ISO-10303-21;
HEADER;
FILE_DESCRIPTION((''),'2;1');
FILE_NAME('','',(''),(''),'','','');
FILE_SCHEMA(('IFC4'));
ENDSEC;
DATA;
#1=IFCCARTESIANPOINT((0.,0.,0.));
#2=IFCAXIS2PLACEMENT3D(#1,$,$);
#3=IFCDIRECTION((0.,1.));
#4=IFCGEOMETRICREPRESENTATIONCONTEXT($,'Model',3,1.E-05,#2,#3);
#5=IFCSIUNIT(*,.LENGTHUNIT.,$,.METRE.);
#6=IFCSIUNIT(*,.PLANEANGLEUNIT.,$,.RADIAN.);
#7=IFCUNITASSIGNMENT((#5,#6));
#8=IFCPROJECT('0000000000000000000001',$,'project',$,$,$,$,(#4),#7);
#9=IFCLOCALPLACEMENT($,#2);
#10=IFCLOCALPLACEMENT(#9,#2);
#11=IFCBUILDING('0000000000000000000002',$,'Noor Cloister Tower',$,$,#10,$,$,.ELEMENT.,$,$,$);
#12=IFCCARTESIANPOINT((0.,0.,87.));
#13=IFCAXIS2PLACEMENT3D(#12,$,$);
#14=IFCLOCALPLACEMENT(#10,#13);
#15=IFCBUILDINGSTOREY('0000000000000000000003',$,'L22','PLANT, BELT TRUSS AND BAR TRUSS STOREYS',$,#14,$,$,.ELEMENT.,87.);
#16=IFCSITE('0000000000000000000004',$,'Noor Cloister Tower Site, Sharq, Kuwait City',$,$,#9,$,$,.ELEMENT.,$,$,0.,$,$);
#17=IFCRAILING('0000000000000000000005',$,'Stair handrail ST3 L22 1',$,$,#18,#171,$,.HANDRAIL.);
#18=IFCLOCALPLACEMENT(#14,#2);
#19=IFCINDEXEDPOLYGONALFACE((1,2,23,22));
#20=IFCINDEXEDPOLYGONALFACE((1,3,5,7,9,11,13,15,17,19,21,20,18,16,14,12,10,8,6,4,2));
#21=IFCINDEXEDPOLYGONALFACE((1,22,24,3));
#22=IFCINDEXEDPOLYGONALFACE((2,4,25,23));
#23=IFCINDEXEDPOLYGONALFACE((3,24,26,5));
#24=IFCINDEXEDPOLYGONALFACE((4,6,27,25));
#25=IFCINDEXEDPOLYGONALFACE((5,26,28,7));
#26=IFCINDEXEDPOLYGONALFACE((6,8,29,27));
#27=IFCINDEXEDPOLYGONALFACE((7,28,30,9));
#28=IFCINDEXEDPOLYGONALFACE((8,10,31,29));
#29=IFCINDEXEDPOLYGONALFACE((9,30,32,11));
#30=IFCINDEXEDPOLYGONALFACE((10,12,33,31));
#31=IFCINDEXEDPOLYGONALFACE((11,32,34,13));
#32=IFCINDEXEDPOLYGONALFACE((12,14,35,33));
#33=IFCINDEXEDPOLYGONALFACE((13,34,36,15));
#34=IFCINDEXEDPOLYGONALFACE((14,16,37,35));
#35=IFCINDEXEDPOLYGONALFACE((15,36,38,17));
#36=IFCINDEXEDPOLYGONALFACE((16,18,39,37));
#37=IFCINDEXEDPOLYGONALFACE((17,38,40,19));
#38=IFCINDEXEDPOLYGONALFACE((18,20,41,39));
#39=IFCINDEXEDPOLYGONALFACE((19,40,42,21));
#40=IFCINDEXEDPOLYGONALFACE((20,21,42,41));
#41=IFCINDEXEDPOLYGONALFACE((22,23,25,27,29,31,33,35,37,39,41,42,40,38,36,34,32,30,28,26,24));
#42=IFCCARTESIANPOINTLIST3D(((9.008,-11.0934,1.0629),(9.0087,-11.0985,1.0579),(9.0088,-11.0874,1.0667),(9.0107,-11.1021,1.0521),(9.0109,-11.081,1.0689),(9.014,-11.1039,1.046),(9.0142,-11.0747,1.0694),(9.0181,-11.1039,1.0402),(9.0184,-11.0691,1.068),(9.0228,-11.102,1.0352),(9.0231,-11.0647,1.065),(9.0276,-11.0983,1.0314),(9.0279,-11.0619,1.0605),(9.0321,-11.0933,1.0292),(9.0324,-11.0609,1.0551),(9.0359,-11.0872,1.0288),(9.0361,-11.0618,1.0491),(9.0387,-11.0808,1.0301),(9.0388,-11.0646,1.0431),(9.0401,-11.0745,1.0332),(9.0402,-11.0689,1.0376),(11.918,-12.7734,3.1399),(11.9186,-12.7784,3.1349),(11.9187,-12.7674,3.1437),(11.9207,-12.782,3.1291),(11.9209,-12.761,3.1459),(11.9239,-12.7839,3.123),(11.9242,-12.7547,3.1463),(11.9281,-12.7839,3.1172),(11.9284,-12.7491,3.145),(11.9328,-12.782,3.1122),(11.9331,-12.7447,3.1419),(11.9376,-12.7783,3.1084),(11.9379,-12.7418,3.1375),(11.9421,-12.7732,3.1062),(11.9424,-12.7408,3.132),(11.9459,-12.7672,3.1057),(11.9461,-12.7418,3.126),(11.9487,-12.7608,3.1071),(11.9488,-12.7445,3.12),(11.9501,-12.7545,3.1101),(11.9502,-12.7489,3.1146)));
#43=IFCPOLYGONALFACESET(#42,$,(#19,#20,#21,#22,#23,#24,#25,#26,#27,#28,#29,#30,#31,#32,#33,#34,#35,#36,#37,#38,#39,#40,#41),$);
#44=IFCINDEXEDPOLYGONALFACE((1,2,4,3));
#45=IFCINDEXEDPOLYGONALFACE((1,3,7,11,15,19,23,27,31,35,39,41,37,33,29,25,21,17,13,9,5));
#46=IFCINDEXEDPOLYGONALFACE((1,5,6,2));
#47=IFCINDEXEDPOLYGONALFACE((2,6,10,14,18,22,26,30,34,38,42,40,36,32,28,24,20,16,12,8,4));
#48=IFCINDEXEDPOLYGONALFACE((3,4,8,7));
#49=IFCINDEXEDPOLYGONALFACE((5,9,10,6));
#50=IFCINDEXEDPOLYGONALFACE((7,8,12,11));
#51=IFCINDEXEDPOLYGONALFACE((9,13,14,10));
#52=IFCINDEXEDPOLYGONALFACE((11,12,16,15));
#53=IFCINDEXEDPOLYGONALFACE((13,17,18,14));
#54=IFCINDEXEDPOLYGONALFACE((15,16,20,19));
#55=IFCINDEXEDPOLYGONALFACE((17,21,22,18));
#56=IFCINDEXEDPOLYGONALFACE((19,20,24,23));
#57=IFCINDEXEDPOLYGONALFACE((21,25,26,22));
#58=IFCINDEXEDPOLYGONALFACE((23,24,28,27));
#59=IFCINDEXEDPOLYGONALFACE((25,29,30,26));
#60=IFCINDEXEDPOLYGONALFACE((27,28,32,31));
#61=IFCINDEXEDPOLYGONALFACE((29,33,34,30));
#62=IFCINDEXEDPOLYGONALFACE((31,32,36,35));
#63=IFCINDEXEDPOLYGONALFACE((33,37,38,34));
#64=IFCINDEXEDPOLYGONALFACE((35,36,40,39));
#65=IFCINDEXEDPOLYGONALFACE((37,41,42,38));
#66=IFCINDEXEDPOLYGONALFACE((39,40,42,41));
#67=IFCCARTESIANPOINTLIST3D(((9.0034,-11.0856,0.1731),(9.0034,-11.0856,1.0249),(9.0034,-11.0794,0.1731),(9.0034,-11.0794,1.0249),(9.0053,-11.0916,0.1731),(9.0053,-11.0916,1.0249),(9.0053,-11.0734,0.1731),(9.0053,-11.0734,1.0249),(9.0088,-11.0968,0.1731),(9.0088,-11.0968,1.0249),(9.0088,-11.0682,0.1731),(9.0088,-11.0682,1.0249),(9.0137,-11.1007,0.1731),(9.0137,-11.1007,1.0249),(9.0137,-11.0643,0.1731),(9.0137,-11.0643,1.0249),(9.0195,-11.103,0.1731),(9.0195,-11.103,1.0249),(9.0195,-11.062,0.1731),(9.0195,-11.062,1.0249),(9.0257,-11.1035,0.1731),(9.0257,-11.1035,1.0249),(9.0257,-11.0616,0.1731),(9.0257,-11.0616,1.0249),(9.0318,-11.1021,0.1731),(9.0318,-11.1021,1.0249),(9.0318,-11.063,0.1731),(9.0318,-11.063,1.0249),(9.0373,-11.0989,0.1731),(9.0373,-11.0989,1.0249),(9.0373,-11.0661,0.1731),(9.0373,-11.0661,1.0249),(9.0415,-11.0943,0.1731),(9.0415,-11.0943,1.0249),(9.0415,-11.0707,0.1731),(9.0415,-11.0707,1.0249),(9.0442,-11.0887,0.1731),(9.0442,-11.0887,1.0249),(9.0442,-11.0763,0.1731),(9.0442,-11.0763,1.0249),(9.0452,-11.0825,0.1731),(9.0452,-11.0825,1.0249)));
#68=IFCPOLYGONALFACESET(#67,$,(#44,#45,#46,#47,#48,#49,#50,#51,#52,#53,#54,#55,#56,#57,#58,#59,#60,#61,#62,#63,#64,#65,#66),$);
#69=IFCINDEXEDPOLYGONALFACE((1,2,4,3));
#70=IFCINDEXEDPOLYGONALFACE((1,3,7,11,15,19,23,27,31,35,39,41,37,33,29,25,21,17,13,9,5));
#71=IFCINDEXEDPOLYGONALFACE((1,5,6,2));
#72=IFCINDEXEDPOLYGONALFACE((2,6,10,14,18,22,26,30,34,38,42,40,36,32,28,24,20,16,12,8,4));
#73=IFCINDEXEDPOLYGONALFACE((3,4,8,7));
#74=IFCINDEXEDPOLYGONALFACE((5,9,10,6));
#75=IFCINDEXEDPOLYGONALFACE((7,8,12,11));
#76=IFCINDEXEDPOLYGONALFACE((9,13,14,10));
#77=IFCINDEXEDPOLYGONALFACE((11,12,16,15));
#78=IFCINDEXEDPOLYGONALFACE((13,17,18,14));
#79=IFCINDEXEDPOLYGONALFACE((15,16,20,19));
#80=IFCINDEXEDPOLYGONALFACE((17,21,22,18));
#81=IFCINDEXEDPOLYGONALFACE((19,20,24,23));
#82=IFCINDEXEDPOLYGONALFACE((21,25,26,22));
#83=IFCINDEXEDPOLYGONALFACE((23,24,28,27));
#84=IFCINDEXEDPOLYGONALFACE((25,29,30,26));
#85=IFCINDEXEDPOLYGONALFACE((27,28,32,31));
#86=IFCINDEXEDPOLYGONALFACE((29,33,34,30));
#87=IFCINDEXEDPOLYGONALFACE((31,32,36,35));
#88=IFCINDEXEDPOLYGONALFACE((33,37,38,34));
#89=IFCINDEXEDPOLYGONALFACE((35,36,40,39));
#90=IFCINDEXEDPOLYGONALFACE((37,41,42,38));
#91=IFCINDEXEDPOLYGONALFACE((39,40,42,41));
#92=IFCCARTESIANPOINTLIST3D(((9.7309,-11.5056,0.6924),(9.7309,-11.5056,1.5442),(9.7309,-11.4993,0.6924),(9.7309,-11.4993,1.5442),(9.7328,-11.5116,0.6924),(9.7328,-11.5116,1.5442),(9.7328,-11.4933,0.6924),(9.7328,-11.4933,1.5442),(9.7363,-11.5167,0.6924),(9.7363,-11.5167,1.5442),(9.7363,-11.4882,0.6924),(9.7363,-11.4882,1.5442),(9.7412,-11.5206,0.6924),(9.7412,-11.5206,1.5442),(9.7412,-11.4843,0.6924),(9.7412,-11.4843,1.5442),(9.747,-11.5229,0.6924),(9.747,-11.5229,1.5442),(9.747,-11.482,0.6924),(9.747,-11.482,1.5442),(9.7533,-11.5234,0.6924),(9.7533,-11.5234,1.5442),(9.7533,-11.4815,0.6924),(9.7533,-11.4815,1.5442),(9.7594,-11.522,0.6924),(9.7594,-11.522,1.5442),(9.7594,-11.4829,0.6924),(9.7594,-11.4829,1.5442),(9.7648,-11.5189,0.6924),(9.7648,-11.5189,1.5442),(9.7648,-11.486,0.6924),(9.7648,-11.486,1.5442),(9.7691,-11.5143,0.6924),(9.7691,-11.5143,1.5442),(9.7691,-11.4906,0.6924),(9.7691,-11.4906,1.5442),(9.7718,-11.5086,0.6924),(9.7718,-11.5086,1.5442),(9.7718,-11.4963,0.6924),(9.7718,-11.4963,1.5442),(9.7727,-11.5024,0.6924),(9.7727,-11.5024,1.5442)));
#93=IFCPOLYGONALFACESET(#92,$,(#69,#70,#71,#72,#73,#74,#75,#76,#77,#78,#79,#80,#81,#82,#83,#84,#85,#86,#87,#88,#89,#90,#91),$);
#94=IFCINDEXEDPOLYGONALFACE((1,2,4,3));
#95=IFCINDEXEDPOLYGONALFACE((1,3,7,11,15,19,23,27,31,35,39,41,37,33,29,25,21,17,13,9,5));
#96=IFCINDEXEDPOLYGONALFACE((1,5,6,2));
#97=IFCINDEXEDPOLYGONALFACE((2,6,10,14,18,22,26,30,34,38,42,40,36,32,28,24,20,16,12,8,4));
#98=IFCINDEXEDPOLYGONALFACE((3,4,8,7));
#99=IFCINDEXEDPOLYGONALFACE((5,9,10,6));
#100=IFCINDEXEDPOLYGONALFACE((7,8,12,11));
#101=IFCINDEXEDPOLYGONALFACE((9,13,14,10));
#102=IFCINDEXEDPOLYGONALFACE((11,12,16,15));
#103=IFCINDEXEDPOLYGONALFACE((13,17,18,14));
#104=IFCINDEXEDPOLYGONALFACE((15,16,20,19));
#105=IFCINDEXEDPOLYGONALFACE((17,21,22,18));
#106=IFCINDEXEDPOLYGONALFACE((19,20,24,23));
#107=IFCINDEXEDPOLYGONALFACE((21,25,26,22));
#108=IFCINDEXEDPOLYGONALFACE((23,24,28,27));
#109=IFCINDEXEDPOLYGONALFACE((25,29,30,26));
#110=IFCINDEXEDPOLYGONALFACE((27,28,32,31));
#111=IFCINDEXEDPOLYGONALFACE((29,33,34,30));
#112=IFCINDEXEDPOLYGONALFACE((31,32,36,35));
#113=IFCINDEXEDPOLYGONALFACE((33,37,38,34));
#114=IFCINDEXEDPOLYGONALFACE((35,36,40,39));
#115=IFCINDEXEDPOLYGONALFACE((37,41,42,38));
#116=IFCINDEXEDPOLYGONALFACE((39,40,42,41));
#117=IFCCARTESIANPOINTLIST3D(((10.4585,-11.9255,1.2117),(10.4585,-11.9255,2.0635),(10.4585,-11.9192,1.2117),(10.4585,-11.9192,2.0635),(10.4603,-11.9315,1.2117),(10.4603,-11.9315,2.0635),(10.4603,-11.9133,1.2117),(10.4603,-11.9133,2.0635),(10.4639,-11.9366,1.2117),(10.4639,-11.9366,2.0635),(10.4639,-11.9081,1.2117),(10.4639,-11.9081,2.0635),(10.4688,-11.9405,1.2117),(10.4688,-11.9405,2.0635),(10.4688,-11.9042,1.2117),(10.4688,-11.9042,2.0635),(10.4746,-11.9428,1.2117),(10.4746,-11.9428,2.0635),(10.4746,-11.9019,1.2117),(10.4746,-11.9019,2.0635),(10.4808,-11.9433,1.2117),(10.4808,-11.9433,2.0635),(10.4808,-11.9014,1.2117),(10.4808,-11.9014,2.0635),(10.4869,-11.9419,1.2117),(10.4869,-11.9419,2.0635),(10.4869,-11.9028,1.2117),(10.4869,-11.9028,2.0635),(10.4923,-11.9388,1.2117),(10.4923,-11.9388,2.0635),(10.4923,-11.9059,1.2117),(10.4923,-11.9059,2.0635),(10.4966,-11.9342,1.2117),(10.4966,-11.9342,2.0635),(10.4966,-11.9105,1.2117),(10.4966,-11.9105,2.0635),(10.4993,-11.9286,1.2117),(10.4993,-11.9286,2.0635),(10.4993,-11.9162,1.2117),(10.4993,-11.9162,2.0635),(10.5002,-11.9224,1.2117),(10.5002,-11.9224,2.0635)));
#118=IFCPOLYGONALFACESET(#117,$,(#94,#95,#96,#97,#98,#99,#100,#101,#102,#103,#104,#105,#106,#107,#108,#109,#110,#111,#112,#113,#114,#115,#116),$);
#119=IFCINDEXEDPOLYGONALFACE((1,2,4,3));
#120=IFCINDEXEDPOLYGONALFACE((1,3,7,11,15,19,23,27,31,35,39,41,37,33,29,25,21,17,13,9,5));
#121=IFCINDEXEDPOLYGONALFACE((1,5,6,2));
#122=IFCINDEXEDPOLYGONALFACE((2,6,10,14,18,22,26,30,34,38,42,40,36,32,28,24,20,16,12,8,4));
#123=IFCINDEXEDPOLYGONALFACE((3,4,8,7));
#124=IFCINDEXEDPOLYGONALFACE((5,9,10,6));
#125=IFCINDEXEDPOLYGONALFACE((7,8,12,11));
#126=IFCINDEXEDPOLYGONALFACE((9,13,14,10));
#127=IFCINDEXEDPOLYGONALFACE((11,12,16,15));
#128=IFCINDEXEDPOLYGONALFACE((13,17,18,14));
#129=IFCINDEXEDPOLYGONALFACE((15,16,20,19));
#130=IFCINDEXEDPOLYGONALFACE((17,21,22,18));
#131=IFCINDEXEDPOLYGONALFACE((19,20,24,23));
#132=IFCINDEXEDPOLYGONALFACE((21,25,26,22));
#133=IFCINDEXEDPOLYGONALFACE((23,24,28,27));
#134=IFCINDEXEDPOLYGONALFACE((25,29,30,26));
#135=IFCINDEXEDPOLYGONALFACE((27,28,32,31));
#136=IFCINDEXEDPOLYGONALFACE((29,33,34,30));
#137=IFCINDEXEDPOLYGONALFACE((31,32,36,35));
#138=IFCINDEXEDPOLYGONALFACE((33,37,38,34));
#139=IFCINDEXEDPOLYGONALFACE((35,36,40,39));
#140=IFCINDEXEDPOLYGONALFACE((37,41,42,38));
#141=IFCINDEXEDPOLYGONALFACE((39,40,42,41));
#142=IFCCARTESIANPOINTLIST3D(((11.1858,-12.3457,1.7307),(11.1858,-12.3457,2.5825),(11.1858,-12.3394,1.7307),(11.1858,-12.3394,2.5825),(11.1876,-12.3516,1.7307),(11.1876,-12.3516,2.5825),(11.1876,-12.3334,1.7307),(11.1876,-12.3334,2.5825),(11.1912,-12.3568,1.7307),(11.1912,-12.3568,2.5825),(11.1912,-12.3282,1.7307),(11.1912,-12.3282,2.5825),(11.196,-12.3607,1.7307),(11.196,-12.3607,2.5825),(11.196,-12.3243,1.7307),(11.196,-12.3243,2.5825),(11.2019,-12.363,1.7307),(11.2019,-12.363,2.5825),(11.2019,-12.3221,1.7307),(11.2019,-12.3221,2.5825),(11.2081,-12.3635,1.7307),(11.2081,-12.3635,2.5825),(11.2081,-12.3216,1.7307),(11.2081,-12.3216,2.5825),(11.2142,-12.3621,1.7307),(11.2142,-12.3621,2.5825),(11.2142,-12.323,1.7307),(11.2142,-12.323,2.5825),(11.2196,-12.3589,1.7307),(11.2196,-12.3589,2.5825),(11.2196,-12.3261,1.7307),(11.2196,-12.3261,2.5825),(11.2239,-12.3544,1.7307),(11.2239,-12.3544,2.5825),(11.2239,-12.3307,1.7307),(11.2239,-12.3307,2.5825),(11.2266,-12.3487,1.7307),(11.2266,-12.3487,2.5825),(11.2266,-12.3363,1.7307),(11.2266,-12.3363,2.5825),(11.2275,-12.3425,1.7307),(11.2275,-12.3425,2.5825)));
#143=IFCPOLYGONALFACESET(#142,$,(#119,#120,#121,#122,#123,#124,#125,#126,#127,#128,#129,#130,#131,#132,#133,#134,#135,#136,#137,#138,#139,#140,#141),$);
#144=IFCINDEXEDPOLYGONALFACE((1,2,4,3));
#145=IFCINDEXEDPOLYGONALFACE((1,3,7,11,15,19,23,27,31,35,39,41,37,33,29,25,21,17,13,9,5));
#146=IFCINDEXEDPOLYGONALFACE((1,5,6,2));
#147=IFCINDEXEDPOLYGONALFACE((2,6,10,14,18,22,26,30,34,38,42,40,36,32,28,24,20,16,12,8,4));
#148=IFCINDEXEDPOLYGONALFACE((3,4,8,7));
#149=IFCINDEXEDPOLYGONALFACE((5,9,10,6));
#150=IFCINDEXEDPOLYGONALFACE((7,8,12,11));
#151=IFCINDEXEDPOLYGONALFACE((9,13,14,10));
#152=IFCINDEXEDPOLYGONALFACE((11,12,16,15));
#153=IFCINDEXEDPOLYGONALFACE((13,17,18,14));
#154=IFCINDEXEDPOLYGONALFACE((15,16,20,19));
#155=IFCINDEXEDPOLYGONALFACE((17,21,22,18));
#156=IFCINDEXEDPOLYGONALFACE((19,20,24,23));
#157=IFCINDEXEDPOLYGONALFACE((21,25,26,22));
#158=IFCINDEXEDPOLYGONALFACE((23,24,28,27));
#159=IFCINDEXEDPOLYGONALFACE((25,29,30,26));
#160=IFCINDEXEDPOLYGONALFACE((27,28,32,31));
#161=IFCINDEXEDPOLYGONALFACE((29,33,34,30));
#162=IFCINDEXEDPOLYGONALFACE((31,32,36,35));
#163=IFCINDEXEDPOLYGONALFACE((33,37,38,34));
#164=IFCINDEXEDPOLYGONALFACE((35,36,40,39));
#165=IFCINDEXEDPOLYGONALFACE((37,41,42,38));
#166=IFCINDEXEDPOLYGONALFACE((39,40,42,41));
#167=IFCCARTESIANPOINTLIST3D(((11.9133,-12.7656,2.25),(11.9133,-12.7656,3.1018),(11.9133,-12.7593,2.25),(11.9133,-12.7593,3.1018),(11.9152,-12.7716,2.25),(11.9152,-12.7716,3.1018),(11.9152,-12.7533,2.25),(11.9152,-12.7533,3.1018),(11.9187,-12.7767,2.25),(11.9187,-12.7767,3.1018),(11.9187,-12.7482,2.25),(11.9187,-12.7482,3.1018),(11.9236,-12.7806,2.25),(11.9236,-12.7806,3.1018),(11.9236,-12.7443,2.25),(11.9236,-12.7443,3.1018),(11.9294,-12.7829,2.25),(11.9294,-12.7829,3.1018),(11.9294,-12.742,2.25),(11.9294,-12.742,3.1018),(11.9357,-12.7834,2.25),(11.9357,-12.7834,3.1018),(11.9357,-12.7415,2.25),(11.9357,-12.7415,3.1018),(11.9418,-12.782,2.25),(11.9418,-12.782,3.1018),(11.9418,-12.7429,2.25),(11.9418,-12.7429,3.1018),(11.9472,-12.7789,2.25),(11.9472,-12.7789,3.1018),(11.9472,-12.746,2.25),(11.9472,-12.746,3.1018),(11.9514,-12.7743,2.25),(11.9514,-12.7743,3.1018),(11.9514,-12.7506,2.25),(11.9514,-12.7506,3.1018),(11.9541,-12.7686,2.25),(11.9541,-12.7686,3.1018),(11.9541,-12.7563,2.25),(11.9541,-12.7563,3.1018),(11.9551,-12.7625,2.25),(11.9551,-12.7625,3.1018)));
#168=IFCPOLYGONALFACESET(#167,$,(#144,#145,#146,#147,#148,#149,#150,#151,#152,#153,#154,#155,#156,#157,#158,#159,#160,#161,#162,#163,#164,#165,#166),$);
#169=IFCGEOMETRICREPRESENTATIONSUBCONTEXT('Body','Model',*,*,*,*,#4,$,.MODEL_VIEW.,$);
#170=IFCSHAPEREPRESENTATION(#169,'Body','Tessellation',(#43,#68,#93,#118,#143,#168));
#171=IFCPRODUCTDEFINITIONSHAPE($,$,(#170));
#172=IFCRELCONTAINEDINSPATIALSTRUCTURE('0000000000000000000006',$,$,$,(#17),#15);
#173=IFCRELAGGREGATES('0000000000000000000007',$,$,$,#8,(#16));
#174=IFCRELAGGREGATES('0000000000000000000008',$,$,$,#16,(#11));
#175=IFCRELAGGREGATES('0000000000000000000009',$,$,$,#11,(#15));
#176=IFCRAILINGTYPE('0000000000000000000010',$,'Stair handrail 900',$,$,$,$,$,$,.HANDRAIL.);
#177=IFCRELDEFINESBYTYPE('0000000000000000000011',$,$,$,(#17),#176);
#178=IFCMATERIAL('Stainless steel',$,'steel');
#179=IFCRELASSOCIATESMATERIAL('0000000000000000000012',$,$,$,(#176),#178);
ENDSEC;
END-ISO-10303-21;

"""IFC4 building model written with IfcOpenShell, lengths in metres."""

from ifc_helpers import new_model, si_unit, direction, frame, origin, origin_2d, place, context, subcontext, project, spatial, circle, extrude, material, type_object, element, save


model = new_model("IFC4")

# Units and contexts
model_context = context("Model", 3, precision=1e-05, world=origin(), true_north=direction((0.0, 1.0)))
body_context = subcontext(model_context, "Body", "Model", "MODEL_VIEW")
ifc_project = project(units=[si_unit("LENGTHUNIT", "METRE"), si_unit("PLANEANGLEUNIT", "RADIAN")], contexts=[model_context])

# Site, building, storey
site_placement = place(None, origin())
site = spatial("IfcSite", under=ifc_project, at=site_placement, Name="Noor Cloister Tower Site, Sharq, Kuwait City", CompositionType="ELEMENT", RefElevation=0.0)
building_placement = place(site_placement, origin())
building = spatial("IfcBuilding", under=site, at=building_placement, Name="Noor Cloister Tower", CompositionType="ELEMENT")
storey_placement = place(building_placement, frame((0.0, 0.0, 87.0)))
storey = spatial("IfcBuildingStorey", under=building, at=storey_placement, Name="L22", Description="PLANT, BELT TRUSS AND BAR TRUSS STOREYS", CompositionType="ELEMENT", Elevation=87.0)

# Railing
ifc_material_1 = material(Name="Stainless steel", Category="steel")
railing_type_1 = type_object("IfcRailingType", Name="Stair handrail 900", PredefinedType="HANDRAIL", material=ifc_material_1)
railing_1_placement = place(storey_placement, frame((9.0242, -11.0825, 0.1731)))
element("IfcRailing", 1, at=railing_1_placement, inside=storey, type_object=railing_type_1, Name="Stair handrail ST3 L22 1", PredefinedType="HANDRAIL", context=body_context, shape_type="SweptSolid", body=[
    extrude(circle(Radius=0.0239, at=origin_2d()), frame((0.0, 0.0, 0.876), z_axis=(0.736668, -0.425288, 0.525785), x_axis=(0.499976, 0.866039, 0.0)), (0.0, 0.0, 1.0), 3.9502),
    extrude(circle(Radius=0.021, at=origin_2d()), origin(), (0.0, 0.0, 1.0), 0.8518),
    extrude(circle(Radius=0.021, at=origin_2d()), frame((0.7275, -0.4199, 0.5193)), (0.0, 0.0, 1.0), 0.8518),
    extrude(circle(Radius=0.021, at=origin_2d()), frame((1.4551, -0.8398, 1.0386)), (0.0, 0.0, 1.0), 0.8518),
    extrude(circle(Radius=0.021, at=origin_2d()), frame((2.1824, -1.26, 1.5576)), (0.0, 0.0, 1.0), 0.8518),
    extrude(circle(Radius=0.021, at=origin_2d()), frame((2.9099, -1.6799, 2.0769)), (0.0, 0.0, 1.0), 0.8518),
])

save(model, "model.ifc")
